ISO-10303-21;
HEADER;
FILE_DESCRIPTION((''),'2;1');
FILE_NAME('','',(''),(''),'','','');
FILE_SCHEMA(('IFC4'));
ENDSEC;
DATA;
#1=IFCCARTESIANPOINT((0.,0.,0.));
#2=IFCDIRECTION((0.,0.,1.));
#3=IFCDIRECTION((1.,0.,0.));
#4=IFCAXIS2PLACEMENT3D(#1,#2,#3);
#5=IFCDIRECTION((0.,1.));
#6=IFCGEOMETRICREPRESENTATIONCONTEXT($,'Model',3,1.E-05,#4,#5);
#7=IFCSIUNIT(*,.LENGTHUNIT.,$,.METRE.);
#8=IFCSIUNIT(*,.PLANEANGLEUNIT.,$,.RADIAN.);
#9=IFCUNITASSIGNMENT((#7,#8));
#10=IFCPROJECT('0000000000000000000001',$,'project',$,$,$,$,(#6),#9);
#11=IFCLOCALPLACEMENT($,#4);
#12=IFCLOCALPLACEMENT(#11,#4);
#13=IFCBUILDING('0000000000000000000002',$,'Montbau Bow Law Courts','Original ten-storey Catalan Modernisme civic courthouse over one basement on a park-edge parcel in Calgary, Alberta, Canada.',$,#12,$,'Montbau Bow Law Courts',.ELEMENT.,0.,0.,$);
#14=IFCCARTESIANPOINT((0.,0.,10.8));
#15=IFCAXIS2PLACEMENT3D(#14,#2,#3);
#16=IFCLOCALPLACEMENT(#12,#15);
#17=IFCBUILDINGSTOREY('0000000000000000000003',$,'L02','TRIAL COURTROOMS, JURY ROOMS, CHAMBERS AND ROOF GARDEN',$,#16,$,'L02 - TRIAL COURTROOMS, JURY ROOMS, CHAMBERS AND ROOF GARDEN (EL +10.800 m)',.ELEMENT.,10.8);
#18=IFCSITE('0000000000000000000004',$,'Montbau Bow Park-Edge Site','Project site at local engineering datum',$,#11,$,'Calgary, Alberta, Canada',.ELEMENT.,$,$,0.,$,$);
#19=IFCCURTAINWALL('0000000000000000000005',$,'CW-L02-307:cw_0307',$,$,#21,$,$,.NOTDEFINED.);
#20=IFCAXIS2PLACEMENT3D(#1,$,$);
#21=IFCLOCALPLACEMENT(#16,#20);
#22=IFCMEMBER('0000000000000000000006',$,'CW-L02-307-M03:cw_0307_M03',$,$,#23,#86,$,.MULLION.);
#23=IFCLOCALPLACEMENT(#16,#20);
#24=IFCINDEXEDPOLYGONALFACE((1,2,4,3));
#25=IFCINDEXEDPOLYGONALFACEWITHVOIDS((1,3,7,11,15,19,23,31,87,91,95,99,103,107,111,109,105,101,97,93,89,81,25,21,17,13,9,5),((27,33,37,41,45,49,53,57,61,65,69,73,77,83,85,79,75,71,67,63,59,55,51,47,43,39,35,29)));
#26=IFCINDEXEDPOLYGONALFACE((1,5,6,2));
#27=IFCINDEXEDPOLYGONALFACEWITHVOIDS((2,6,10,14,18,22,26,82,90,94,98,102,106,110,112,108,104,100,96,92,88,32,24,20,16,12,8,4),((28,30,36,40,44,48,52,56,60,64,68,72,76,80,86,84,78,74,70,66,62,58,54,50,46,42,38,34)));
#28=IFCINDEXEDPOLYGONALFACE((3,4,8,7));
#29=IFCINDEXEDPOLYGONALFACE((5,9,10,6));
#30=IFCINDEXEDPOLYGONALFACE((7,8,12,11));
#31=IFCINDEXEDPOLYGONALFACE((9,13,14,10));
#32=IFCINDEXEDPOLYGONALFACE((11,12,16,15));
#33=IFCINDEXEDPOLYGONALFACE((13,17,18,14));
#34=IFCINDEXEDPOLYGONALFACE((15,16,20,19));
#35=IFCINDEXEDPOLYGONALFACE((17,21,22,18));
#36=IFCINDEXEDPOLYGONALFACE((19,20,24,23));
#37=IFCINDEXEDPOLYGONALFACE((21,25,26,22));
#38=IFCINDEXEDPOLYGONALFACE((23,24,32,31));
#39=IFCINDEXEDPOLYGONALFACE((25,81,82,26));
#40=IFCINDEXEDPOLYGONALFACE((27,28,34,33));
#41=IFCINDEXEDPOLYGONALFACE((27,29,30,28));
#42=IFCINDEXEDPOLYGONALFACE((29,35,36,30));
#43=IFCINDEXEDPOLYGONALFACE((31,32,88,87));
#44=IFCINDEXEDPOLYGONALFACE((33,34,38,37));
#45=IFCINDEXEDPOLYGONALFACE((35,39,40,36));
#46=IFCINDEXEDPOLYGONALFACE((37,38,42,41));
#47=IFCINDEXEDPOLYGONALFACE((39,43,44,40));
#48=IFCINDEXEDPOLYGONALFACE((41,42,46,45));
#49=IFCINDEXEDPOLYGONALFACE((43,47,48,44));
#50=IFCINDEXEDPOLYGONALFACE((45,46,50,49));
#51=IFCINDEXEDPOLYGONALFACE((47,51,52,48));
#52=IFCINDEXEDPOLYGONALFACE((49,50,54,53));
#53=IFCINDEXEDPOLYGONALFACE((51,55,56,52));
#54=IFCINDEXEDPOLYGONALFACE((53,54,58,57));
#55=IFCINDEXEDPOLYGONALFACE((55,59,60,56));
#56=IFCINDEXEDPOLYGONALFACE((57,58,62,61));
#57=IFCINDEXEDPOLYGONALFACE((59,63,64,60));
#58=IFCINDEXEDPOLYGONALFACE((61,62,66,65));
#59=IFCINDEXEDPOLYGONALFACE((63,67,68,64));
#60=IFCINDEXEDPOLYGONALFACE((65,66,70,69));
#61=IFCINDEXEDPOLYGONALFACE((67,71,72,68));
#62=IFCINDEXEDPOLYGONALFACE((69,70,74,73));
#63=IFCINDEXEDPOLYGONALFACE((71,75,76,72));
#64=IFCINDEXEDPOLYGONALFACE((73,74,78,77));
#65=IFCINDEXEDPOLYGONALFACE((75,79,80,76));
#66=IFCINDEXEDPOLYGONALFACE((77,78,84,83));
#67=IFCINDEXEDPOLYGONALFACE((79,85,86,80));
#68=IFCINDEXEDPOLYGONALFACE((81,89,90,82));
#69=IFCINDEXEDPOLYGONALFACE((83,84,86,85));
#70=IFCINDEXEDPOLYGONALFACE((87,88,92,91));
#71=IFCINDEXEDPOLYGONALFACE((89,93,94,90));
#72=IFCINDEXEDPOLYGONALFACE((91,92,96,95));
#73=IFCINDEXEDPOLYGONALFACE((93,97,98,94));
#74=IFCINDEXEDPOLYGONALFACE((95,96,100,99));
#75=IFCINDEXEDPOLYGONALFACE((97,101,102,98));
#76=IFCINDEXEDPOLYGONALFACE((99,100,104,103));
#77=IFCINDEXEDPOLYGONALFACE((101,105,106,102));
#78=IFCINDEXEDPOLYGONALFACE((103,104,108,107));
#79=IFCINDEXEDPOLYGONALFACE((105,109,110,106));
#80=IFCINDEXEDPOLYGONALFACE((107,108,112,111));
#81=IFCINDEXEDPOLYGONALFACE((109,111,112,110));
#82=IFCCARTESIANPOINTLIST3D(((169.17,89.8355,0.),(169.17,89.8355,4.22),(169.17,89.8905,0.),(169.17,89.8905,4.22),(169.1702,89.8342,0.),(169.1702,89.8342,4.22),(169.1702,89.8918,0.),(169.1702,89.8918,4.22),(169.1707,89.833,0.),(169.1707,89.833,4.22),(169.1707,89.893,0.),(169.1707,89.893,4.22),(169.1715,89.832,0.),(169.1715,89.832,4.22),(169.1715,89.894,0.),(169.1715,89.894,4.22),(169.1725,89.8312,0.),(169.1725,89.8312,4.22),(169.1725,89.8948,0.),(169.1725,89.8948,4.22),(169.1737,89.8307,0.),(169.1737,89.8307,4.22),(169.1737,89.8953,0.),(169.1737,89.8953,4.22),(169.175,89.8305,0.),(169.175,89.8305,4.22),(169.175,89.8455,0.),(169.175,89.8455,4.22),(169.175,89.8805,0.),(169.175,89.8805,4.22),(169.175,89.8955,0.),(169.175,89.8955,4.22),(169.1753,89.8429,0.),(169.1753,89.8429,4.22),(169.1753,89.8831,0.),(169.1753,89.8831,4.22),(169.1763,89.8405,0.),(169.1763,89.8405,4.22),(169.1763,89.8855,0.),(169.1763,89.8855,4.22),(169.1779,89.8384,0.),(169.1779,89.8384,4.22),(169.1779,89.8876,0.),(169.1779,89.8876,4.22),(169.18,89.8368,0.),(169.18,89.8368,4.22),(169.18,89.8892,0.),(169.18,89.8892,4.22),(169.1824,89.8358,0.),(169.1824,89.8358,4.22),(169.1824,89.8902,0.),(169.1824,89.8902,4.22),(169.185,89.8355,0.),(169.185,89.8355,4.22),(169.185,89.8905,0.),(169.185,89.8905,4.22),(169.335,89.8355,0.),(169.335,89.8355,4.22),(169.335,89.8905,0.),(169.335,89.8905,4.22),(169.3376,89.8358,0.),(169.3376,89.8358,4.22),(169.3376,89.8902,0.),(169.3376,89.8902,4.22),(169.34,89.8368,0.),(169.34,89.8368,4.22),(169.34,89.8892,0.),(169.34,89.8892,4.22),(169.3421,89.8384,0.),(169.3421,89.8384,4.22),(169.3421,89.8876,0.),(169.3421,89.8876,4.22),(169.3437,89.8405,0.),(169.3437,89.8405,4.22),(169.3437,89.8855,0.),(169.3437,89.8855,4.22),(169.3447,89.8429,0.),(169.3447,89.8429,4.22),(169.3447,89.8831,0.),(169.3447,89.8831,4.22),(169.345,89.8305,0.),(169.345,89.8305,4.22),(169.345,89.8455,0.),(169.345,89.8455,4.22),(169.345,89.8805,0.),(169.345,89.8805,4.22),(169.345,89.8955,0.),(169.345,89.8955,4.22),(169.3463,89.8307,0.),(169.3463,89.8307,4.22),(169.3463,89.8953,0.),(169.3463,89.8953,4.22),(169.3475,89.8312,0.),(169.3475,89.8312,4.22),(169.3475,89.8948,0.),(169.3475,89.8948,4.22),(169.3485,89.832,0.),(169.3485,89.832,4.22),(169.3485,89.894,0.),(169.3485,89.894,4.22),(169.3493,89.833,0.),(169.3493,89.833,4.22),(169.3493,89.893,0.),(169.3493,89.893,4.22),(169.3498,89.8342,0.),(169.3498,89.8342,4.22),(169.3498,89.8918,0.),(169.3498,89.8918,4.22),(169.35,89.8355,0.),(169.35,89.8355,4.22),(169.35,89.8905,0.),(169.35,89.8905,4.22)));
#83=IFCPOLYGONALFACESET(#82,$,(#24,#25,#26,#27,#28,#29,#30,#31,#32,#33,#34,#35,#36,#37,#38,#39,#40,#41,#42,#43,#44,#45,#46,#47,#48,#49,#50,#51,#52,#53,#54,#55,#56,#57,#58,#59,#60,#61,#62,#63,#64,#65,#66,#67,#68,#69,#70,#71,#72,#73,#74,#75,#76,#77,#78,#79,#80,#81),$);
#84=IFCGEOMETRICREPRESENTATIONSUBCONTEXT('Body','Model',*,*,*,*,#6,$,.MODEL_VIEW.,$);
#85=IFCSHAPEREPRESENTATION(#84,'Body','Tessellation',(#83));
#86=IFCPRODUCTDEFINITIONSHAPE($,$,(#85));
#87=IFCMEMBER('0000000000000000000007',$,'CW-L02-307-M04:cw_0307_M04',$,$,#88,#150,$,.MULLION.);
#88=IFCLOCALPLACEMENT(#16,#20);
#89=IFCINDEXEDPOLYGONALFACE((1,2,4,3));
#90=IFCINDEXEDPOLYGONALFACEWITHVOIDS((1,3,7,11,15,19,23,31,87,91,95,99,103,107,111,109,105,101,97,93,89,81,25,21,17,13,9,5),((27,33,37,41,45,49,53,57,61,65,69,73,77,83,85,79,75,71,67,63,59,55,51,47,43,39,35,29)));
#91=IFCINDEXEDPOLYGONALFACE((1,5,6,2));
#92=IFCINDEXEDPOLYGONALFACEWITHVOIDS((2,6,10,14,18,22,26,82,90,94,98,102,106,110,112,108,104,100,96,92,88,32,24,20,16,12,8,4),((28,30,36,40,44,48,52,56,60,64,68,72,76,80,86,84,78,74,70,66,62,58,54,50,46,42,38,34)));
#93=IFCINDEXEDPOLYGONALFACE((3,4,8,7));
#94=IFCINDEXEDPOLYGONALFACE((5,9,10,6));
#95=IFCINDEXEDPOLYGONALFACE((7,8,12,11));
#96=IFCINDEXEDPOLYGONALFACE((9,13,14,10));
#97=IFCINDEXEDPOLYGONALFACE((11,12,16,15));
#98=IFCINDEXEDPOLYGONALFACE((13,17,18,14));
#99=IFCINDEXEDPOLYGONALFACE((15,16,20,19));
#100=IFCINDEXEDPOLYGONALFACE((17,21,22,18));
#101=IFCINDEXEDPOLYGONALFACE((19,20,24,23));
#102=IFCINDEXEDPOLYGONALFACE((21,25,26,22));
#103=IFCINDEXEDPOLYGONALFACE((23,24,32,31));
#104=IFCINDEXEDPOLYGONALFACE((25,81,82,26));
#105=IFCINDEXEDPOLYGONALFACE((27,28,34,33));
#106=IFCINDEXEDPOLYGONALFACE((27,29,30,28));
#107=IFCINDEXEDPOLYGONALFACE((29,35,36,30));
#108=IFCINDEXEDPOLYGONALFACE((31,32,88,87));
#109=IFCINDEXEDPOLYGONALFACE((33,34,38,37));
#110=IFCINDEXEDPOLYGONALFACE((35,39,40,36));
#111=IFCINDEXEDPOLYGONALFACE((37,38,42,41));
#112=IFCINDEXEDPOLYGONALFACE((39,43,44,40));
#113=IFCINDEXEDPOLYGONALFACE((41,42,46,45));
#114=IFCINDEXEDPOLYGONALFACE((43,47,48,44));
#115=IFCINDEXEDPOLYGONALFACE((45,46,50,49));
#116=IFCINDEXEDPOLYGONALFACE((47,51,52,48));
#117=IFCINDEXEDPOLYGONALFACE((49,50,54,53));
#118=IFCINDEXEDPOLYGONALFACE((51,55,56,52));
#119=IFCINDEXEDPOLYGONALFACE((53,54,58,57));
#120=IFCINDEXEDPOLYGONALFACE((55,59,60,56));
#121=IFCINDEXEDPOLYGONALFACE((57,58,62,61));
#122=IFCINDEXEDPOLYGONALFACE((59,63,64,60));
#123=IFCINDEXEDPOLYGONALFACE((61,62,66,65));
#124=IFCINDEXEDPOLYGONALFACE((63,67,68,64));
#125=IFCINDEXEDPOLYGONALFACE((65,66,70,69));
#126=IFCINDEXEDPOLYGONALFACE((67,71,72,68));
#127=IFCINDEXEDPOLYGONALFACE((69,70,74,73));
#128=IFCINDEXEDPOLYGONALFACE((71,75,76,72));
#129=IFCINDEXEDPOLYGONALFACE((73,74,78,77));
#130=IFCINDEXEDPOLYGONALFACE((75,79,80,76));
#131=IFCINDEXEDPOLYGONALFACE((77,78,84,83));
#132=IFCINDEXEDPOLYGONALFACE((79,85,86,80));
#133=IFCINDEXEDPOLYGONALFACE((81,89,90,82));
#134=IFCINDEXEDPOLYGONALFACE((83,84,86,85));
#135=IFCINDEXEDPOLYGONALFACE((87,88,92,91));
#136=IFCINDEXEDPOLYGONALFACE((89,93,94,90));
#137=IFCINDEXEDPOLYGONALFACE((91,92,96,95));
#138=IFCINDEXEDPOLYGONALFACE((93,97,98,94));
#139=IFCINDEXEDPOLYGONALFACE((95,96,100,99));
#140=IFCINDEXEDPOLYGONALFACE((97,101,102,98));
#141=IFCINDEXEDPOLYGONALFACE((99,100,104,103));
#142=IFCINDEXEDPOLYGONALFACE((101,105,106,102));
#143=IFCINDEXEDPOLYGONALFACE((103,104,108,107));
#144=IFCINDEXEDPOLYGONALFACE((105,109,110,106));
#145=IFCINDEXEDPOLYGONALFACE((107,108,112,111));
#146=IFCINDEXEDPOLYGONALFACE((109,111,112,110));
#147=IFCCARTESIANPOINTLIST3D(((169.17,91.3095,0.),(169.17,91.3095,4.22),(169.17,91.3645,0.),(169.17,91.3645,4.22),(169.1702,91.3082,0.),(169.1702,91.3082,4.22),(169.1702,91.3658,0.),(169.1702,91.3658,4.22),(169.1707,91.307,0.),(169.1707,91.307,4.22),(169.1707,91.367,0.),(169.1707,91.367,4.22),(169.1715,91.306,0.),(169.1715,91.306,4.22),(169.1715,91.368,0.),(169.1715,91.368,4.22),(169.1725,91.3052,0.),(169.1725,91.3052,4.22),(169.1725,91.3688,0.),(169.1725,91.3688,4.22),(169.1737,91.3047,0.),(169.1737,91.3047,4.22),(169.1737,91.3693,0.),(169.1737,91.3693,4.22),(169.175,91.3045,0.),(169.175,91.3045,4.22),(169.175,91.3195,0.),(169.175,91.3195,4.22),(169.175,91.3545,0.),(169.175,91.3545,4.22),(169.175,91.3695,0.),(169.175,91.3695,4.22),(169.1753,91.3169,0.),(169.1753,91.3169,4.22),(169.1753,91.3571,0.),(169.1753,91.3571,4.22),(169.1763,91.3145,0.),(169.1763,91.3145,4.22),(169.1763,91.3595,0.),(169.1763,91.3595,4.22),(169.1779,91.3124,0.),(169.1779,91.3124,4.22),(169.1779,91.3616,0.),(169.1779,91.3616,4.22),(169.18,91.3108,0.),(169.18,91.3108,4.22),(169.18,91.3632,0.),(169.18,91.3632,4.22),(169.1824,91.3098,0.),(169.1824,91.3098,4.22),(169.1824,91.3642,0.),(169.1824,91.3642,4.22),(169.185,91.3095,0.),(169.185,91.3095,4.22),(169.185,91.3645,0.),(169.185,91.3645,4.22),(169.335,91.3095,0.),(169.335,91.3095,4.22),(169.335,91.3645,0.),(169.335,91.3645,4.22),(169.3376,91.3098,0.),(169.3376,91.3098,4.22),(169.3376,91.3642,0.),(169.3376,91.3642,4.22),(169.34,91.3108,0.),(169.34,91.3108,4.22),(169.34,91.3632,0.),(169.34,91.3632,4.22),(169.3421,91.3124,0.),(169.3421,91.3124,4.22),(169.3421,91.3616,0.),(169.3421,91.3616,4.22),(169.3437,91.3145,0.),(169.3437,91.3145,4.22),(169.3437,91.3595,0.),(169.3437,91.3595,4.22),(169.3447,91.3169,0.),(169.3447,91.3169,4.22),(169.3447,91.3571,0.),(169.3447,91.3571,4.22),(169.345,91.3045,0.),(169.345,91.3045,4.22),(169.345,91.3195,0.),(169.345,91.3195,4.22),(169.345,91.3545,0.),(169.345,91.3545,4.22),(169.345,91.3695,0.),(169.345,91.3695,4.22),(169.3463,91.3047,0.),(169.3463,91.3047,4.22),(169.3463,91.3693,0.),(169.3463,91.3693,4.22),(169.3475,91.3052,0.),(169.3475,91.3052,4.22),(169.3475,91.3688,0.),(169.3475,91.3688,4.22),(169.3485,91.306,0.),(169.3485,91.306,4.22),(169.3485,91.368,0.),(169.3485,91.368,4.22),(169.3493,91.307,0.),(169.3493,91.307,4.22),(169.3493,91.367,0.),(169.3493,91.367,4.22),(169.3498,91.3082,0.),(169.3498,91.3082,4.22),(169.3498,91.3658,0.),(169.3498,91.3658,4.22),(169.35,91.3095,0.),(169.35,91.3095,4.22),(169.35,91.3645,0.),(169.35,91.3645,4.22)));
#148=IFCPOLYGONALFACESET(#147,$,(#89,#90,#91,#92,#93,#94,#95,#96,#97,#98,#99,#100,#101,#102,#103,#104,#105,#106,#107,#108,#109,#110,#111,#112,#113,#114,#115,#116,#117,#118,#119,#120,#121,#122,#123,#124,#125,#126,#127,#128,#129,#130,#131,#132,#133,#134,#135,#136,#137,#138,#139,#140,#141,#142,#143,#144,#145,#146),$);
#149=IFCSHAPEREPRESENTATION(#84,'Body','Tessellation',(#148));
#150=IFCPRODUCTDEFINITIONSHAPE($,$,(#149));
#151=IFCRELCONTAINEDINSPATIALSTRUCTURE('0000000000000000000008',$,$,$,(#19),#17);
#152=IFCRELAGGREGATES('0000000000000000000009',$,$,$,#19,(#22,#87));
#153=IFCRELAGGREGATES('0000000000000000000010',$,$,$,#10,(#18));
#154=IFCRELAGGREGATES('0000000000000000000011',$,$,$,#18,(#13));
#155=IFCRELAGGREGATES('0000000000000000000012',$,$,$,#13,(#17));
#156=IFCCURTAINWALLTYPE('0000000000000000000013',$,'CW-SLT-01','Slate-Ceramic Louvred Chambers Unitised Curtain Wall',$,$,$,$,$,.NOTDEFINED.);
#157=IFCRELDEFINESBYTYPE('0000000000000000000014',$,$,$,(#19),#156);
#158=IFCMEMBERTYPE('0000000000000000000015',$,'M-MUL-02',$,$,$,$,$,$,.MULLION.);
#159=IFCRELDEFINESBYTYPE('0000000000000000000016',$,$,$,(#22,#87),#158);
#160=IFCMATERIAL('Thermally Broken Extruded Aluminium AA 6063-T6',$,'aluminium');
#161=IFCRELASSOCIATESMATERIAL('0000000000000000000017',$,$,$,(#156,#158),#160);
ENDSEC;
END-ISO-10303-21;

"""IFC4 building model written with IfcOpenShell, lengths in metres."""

from ifc_helpers import new_model, si_unit, direction, frame, origin_with_axes, origin_2d_with_axis, place, context, subcontext, project, spatial, hollow_rectangle, extrude, material, material_profile, profile_set, type_object, element, aggregate, save


model = new_model("IFC4")

# Units and contexts
model_context = context("Model", 3, precision=1e-05, world=origin_with_axes(), true_north=direction((0.0, 1.0)))
body_context = subcontext(model_context, "Body", "Model", "MODEL_VIEW")
ifc_project = project(units=[si_unit("LENGTHUNIT", "METRE"), si_unit("PLANEANGLEUNIT", "RADIAN")], contexts=[model_context])

# Site, building, storey
site_placement = place(None, origin_with_axes())
site = spatial("IfcSite", under=ifc_project, at=site_placement, Name="Montbau Bow Park-Edge Site", Description="Project site at local engineering datum", LongName="Calgary, Alberta, Canada", CompositionType="ELEMENT", RefElevation=0.0)
building_placement = place(site_placement, origin_with_axes())
building = spatial("IfcBuilding", under=site, at=building_placement, Name="Montbau Bow Law Courts", Description="Original ten-storey Catalan Modernisme civic courthouse over one basement on a park-edge parcel in Calgary, Alberta, Canada.", LongName="Montbau Bow Law Courts", CompositionType="ELEMENT", ElevationOfRefHeight=0.0, ElevationOfTerrain=0.0)
storey_placement = place(building_placement, frame((0.0, 0.0, 10.8), z_axis=(0.0, 0.0, 1.0), x_axis=(1.0, 0.0, 0.0)))
storey = spatial("IfcBuildingStorey", under=building, at=storey_placement, Name="L02", Description="TRIAL COURTROOMS, JURY ROOMS, CHAMBERS AND ROOF GARDEN", LongName="L02 - TRIAL COURTROOMS, JURY ROOMS, CHAMBERS AND ROOF GARDEN (EL +10.800 m)", CompositionType="ELEMENT", Elevation=10.8)

# Curtain wall, members
ifc_material_1 = material(Name="Thermally Broken Extruded Aluminium AA 6063-T6", Category="aluminium")
curtain_wall_type = type_object("IfcCurtainWallType", Name="CW-SLT-01", Description="Slate-Ceramic Louvred Chambers Unitised Curtain Wall", PredefinedType="NOTDEFINED", material=ifc_material_1)
curtain_wall_placement = place(None, frame((169.26, 86.915, 10.8), z_axis=(0.0, 0.0, 1.0), x_axis=(1.0, 0.0, 0.0)))
curtain_wall = element("IfcCurtainWall", 1, at=curtain_wall_placement, inside=storey, type_object=curtain_wall_type, Name="CW-L02-307:cw_0307", PredefinedType="NOTDEFINED")
ifc_material_profile_1 = material_profile(ifc_material_1, hollow_rectangle(XDim=0.065, YDim=0.18, WallThickness=0.005, InnerFilletRadius=0.01, OuterFilletRadius=0.005, at=origin_2d_with_axis()), Name="CWM-180X65", Category="Main", Priority=0)
ifc_profile_set_1 = profile_set([ifc_material_profile_1], Name="Thermally Broken Extruded Aluminium AA 6063-T6")
member_type_1 = type_object("IfcMemberType", Name="M-MUL-02", PredefinedType="MULLION", material=ifc_profile_set_1)
member_1_placement = place(None, frame((169.26, 89.863, 10.8), z_axis=(0.0, 0.0, 1.0), x_axis=(0.0, 1.0, 0.0)))
member_1 = element("IfcMember", 2, at=member_1_placement, type_object=member_type_1, Name="CW-L02-307-M03:cw_0307_M03", PredefinedType="MULLION", context=body_context, shape_type="SweptSolid", body=[
    extrude(hollow_rectangle(XDim=0.065, YDim=0.18, WallThickness=0.005, InnerFilletRadius=0.01, OuterFilletRadius=0.005, at=origin_2d_with_axis()), origin_with_axes(), (0.0, 0.0, 1.0), 4.22),
])
member_2_placement = place(None, frame((169.26, 91.337, 10.8), z_axis=(0.0, 0.0, 1.0), x_axis=(0.0, 1.0, 0.0)))
member_2 = element("IfcMember", 3, at=member_2_placement, type_object=member_type_1, Name="CW-L02-307-M04:cw_0307_M04", PredefinedType="MULLION", context=body_context, shape_type="SweptSolid", body=[
    extrude(hollow_rectangle(XDim=0.065, YDim=0.18, WallThickness=0.005, InnerFilletRadius=0.01, OuterFilletRadius=0.005, at=origin_2d_with_axis()), origin_with_axes(), (0.0, 0.0, 1.0), 4.22),
])
aggregate(curtain_wall, [member_1, member_2])

save(model, "model.ifc")
